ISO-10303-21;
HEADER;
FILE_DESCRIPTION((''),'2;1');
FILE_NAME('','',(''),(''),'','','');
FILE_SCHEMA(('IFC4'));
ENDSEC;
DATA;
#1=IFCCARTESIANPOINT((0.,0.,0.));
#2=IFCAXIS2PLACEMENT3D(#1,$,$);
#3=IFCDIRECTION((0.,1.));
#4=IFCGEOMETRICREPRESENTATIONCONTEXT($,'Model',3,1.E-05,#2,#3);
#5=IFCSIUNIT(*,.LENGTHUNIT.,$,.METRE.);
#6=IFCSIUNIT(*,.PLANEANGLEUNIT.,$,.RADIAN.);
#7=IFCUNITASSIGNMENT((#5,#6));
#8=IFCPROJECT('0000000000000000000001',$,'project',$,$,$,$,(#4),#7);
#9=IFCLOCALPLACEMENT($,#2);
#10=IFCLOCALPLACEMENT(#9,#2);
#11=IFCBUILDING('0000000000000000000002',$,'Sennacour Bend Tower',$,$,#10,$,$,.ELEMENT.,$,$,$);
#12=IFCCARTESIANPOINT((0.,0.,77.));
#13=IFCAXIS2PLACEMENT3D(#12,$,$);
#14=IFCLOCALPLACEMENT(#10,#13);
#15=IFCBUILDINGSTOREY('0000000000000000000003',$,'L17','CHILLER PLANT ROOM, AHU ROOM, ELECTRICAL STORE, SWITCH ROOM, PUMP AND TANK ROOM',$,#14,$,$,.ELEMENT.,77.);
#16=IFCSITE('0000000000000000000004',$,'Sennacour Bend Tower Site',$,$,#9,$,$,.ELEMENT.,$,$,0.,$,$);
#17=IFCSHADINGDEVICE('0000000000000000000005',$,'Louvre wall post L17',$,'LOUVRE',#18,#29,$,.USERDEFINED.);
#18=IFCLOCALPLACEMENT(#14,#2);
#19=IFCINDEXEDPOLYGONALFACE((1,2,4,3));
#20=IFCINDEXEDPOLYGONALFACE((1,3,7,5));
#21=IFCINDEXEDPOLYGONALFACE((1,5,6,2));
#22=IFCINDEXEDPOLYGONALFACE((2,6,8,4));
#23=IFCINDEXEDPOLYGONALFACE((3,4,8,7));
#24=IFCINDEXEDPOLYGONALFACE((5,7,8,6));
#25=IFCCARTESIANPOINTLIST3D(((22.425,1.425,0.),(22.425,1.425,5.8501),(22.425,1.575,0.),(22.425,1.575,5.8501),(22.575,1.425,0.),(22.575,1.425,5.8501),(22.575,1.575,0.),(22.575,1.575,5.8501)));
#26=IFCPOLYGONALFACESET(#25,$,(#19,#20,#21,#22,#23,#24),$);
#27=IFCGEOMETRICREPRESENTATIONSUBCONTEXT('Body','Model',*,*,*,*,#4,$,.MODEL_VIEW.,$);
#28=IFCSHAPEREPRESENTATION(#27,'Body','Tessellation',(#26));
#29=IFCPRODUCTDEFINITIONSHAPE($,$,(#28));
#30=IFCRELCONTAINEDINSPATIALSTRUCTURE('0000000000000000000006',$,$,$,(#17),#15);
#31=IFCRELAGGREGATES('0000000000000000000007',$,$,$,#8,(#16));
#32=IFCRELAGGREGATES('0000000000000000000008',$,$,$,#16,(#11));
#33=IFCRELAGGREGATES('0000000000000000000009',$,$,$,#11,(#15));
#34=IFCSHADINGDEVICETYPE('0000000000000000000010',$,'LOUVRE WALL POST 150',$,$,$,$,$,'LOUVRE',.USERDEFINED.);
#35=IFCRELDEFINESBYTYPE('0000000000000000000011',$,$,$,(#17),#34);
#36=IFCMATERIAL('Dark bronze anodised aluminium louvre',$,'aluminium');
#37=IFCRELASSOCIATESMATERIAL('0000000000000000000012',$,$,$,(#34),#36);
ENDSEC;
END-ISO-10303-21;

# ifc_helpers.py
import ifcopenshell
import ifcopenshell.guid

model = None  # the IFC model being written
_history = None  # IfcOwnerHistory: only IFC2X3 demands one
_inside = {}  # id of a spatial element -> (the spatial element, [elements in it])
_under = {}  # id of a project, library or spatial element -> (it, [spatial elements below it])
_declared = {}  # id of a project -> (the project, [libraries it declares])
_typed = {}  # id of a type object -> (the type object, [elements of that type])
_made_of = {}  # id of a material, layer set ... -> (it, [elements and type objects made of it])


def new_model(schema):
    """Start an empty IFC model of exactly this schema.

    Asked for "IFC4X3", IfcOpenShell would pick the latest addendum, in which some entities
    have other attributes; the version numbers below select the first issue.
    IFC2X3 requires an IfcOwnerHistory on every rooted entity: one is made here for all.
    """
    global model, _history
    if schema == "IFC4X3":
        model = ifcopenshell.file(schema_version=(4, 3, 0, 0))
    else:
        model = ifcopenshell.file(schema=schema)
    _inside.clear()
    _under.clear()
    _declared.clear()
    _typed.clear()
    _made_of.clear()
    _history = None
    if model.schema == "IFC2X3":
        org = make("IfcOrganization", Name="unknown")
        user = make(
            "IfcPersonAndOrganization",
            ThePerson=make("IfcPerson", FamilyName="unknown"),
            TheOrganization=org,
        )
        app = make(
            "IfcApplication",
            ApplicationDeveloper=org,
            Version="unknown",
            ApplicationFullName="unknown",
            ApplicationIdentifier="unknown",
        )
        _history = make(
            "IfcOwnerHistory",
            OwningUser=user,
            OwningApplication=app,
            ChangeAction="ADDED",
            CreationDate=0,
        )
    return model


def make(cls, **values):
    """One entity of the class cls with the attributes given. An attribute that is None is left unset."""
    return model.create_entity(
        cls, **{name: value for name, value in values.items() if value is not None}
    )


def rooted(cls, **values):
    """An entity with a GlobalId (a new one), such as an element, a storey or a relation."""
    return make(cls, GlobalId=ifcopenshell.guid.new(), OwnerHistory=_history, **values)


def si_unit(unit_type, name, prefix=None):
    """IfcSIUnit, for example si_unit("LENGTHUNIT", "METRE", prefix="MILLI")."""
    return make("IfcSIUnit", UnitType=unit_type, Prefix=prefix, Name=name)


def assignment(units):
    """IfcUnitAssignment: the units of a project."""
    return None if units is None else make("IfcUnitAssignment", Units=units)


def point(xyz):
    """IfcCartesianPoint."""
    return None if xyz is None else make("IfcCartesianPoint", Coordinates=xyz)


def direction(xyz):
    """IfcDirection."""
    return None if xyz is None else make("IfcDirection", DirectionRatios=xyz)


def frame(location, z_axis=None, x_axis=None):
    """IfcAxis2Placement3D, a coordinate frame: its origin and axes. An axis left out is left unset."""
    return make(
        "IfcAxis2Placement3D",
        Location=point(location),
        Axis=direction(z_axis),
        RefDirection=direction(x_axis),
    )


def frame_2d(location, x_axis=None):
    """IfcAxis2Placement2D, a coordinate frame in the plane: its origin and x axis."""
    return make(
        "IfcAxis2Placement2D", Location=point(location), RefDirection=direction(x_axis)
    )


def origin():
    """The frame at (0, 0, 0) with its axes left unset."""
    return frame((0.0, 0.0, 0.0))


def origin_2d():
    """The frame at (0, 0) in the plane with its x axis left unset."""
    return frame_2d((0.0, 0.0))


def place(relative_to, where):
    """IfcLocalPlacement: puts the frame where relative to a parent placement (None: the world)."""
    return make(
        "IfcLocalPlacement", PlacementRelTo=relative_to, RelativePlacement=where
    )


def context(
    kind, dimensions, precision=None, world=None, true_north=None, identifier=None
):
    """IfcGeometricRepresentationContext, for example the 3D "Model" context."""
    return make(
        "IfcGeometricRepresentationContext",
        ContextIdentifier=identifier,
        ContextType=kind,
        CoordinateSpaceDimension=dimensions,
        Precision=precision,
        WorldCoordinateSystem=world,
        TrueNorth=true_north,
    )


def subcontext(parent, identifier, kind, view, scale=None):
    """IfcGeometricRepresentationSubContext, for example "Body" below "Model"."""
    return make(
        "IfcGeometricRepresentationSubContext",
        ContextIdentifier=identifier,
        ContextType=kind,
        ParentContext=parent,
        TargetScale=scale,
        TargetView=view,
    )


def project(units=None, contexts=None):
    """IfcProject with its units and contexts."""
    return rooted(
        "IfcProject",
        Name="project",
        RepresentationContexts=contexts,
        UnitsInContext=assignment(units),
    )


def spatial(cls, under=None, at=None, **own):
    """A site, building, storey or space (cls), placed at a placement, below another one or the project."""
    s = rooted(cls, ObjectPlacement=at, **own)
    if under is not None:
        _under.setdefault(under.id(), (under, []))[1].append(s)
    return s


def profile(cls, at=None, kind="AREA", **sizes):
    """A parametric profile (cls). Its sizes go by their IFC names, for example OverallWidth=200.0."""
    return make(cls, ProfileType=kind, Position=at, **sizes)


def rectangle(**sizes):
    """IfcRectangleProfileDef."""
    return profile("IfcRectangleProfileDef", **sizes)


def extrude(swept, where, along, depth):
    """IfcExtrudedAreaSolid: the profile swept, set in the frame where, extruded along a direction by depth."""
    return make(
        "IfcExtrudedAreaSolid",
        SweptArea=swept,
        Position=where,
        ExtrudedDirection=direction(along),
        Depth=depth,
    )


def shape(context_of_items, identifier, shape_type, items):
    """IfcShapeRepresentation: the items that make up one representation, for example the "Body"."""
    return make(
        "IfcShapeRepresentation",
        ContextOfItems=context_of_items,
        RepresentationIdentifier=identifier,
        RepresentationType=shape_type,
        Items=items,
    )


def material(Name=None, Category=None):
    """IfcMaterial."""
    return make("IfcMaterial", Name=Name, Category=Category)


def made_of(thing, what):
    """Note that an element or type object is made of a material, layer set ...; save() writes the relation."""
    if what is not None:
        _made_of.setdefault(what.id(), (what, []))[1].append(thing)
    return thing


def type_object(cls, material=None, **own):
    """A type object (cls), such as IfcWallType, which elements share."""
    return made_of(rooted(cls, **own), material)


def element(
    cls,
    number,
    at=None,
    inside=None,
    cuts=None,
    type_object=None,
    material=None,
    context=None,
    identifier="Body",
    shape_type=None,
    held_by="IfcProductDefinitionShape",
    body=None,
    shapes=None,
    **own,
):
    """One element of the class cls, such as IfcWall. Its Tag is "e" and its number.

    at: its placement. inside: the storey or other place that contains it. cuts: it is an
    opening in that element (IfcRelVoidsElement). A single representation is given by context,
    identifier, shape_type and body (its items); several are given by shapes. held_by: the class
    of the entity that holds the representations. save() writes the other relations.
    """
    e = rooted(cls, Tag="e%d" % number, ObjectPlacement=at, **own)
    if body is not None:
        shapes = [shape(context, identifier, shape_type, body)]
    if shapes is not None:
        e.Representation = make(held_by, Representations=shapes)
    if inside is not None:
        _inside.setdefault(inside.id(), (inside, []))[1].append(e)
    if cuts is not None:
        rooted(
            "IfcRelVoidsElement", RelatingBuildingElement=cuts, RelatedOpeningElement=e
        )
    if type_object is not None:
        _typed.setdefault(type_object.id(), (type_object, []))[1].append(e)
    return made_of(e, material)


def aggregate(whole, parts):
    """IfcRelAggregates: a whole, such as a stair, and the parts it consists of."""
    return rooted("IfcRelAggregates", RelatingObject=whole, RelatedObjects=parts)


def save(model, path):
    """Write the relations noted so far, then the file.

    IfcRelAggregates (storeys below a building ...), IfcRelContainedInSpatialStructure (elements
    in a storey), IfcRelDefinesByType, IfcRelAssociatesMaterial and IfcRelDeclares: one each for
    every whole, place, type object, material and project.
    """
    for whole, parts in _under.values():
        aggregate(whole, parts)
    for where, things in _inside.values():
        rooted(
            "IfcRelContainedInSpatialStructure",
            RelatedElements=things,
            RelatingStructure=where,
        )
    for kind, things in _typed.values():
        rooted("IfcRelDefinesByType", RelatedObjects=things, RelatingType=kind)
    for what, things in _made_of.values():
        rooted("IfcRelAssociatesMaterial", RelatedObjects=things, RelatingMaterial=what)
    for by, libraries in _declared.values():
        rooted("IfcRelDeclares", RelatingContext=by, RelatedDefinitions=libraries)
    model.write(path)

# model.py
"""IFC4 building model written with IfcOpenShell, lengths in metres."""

from ifc_helpers import new_model, si_unit, direction, frame, origin, origin_2d, place, context, subcontext, project, spatial, rectangle, extrude, material, type_object, element, save


model = new_model("IFC4")

# Units and contexts
model_context = context("Model", 3, precision=1e-05, world=origin(), true_north=direction((0.0, 1.0)))
body_context = subcontext(model_context, "Body", "Model", "MODEL_VIEW")
ifc_project = project(units=[si_unit("LENGTHUNIT", "METRE"), si_unit("PLANEANGLEUNIT", "RADIAN")], contexts=[model_context])

# Site, building, storey
site_placement = place(None, origin())
site = spatial("IfcSite", under=ifc_project, at=site_placement, Name="Sennacour Bend Tower Site", CompositionType="ELEMENT", RefElevation=0.0)
building_placement = place(site_placement, origin())
building = spatial("IfcBuilding", under=site, at=building_placement, Name="Sennacour Bend Tower", CompositionType="ELEMENT")
storey_placement = place(building_placement, frame((0.0, 0.0, 77.0)))
storey = spatial("IfcBuildingStorey", under=building, at=storey_placement, Name="L17", Description="CHILLER PLANT ROOM, AHU ROOM, ELECTRICAL STORE, SWITCH ROOM, PUMP AND TANK ROOM", CompositionType="ELEMENT", Elevation=77.0)

# Shading device
ifc_material_1 = material(Name="Dark bronze anodised aluminium louvre", Category="aluminium")
shading_device_type_1 = type_object("IfcShadingDeviceType", Name="LOUVRE WALL POST 150", ElementType="LOUVRE", PredefinedType="USERDEFINED", material=ifc_material_1)
for number, where, z_axis, x_axis, name in (
    (1, (22.5, 1.5, 0.0), (0.0, 0.0, 1.0), (1.0, 0.0, 0.0), "Louvre wall post L17"),
):
    element("IfcShadingDevice", number, at=place(storey_placement, frame(where, z_axis=z_axis, x_axis=x_axis)), inside=storey, type_object=shading_device_type_1, Name=name, ObjectType="LOUVRE", PredefinedType="USERDEFINED", context=body_context, shape_type="SweptSolid", body=[
        extrude(rectangle(XDim=0.1499, YDim=0.1499, at=origin_2d()), origin(), (0.0, 0.0, 1.0), 5.8501),
    ])

save(model, "model.ifc")
